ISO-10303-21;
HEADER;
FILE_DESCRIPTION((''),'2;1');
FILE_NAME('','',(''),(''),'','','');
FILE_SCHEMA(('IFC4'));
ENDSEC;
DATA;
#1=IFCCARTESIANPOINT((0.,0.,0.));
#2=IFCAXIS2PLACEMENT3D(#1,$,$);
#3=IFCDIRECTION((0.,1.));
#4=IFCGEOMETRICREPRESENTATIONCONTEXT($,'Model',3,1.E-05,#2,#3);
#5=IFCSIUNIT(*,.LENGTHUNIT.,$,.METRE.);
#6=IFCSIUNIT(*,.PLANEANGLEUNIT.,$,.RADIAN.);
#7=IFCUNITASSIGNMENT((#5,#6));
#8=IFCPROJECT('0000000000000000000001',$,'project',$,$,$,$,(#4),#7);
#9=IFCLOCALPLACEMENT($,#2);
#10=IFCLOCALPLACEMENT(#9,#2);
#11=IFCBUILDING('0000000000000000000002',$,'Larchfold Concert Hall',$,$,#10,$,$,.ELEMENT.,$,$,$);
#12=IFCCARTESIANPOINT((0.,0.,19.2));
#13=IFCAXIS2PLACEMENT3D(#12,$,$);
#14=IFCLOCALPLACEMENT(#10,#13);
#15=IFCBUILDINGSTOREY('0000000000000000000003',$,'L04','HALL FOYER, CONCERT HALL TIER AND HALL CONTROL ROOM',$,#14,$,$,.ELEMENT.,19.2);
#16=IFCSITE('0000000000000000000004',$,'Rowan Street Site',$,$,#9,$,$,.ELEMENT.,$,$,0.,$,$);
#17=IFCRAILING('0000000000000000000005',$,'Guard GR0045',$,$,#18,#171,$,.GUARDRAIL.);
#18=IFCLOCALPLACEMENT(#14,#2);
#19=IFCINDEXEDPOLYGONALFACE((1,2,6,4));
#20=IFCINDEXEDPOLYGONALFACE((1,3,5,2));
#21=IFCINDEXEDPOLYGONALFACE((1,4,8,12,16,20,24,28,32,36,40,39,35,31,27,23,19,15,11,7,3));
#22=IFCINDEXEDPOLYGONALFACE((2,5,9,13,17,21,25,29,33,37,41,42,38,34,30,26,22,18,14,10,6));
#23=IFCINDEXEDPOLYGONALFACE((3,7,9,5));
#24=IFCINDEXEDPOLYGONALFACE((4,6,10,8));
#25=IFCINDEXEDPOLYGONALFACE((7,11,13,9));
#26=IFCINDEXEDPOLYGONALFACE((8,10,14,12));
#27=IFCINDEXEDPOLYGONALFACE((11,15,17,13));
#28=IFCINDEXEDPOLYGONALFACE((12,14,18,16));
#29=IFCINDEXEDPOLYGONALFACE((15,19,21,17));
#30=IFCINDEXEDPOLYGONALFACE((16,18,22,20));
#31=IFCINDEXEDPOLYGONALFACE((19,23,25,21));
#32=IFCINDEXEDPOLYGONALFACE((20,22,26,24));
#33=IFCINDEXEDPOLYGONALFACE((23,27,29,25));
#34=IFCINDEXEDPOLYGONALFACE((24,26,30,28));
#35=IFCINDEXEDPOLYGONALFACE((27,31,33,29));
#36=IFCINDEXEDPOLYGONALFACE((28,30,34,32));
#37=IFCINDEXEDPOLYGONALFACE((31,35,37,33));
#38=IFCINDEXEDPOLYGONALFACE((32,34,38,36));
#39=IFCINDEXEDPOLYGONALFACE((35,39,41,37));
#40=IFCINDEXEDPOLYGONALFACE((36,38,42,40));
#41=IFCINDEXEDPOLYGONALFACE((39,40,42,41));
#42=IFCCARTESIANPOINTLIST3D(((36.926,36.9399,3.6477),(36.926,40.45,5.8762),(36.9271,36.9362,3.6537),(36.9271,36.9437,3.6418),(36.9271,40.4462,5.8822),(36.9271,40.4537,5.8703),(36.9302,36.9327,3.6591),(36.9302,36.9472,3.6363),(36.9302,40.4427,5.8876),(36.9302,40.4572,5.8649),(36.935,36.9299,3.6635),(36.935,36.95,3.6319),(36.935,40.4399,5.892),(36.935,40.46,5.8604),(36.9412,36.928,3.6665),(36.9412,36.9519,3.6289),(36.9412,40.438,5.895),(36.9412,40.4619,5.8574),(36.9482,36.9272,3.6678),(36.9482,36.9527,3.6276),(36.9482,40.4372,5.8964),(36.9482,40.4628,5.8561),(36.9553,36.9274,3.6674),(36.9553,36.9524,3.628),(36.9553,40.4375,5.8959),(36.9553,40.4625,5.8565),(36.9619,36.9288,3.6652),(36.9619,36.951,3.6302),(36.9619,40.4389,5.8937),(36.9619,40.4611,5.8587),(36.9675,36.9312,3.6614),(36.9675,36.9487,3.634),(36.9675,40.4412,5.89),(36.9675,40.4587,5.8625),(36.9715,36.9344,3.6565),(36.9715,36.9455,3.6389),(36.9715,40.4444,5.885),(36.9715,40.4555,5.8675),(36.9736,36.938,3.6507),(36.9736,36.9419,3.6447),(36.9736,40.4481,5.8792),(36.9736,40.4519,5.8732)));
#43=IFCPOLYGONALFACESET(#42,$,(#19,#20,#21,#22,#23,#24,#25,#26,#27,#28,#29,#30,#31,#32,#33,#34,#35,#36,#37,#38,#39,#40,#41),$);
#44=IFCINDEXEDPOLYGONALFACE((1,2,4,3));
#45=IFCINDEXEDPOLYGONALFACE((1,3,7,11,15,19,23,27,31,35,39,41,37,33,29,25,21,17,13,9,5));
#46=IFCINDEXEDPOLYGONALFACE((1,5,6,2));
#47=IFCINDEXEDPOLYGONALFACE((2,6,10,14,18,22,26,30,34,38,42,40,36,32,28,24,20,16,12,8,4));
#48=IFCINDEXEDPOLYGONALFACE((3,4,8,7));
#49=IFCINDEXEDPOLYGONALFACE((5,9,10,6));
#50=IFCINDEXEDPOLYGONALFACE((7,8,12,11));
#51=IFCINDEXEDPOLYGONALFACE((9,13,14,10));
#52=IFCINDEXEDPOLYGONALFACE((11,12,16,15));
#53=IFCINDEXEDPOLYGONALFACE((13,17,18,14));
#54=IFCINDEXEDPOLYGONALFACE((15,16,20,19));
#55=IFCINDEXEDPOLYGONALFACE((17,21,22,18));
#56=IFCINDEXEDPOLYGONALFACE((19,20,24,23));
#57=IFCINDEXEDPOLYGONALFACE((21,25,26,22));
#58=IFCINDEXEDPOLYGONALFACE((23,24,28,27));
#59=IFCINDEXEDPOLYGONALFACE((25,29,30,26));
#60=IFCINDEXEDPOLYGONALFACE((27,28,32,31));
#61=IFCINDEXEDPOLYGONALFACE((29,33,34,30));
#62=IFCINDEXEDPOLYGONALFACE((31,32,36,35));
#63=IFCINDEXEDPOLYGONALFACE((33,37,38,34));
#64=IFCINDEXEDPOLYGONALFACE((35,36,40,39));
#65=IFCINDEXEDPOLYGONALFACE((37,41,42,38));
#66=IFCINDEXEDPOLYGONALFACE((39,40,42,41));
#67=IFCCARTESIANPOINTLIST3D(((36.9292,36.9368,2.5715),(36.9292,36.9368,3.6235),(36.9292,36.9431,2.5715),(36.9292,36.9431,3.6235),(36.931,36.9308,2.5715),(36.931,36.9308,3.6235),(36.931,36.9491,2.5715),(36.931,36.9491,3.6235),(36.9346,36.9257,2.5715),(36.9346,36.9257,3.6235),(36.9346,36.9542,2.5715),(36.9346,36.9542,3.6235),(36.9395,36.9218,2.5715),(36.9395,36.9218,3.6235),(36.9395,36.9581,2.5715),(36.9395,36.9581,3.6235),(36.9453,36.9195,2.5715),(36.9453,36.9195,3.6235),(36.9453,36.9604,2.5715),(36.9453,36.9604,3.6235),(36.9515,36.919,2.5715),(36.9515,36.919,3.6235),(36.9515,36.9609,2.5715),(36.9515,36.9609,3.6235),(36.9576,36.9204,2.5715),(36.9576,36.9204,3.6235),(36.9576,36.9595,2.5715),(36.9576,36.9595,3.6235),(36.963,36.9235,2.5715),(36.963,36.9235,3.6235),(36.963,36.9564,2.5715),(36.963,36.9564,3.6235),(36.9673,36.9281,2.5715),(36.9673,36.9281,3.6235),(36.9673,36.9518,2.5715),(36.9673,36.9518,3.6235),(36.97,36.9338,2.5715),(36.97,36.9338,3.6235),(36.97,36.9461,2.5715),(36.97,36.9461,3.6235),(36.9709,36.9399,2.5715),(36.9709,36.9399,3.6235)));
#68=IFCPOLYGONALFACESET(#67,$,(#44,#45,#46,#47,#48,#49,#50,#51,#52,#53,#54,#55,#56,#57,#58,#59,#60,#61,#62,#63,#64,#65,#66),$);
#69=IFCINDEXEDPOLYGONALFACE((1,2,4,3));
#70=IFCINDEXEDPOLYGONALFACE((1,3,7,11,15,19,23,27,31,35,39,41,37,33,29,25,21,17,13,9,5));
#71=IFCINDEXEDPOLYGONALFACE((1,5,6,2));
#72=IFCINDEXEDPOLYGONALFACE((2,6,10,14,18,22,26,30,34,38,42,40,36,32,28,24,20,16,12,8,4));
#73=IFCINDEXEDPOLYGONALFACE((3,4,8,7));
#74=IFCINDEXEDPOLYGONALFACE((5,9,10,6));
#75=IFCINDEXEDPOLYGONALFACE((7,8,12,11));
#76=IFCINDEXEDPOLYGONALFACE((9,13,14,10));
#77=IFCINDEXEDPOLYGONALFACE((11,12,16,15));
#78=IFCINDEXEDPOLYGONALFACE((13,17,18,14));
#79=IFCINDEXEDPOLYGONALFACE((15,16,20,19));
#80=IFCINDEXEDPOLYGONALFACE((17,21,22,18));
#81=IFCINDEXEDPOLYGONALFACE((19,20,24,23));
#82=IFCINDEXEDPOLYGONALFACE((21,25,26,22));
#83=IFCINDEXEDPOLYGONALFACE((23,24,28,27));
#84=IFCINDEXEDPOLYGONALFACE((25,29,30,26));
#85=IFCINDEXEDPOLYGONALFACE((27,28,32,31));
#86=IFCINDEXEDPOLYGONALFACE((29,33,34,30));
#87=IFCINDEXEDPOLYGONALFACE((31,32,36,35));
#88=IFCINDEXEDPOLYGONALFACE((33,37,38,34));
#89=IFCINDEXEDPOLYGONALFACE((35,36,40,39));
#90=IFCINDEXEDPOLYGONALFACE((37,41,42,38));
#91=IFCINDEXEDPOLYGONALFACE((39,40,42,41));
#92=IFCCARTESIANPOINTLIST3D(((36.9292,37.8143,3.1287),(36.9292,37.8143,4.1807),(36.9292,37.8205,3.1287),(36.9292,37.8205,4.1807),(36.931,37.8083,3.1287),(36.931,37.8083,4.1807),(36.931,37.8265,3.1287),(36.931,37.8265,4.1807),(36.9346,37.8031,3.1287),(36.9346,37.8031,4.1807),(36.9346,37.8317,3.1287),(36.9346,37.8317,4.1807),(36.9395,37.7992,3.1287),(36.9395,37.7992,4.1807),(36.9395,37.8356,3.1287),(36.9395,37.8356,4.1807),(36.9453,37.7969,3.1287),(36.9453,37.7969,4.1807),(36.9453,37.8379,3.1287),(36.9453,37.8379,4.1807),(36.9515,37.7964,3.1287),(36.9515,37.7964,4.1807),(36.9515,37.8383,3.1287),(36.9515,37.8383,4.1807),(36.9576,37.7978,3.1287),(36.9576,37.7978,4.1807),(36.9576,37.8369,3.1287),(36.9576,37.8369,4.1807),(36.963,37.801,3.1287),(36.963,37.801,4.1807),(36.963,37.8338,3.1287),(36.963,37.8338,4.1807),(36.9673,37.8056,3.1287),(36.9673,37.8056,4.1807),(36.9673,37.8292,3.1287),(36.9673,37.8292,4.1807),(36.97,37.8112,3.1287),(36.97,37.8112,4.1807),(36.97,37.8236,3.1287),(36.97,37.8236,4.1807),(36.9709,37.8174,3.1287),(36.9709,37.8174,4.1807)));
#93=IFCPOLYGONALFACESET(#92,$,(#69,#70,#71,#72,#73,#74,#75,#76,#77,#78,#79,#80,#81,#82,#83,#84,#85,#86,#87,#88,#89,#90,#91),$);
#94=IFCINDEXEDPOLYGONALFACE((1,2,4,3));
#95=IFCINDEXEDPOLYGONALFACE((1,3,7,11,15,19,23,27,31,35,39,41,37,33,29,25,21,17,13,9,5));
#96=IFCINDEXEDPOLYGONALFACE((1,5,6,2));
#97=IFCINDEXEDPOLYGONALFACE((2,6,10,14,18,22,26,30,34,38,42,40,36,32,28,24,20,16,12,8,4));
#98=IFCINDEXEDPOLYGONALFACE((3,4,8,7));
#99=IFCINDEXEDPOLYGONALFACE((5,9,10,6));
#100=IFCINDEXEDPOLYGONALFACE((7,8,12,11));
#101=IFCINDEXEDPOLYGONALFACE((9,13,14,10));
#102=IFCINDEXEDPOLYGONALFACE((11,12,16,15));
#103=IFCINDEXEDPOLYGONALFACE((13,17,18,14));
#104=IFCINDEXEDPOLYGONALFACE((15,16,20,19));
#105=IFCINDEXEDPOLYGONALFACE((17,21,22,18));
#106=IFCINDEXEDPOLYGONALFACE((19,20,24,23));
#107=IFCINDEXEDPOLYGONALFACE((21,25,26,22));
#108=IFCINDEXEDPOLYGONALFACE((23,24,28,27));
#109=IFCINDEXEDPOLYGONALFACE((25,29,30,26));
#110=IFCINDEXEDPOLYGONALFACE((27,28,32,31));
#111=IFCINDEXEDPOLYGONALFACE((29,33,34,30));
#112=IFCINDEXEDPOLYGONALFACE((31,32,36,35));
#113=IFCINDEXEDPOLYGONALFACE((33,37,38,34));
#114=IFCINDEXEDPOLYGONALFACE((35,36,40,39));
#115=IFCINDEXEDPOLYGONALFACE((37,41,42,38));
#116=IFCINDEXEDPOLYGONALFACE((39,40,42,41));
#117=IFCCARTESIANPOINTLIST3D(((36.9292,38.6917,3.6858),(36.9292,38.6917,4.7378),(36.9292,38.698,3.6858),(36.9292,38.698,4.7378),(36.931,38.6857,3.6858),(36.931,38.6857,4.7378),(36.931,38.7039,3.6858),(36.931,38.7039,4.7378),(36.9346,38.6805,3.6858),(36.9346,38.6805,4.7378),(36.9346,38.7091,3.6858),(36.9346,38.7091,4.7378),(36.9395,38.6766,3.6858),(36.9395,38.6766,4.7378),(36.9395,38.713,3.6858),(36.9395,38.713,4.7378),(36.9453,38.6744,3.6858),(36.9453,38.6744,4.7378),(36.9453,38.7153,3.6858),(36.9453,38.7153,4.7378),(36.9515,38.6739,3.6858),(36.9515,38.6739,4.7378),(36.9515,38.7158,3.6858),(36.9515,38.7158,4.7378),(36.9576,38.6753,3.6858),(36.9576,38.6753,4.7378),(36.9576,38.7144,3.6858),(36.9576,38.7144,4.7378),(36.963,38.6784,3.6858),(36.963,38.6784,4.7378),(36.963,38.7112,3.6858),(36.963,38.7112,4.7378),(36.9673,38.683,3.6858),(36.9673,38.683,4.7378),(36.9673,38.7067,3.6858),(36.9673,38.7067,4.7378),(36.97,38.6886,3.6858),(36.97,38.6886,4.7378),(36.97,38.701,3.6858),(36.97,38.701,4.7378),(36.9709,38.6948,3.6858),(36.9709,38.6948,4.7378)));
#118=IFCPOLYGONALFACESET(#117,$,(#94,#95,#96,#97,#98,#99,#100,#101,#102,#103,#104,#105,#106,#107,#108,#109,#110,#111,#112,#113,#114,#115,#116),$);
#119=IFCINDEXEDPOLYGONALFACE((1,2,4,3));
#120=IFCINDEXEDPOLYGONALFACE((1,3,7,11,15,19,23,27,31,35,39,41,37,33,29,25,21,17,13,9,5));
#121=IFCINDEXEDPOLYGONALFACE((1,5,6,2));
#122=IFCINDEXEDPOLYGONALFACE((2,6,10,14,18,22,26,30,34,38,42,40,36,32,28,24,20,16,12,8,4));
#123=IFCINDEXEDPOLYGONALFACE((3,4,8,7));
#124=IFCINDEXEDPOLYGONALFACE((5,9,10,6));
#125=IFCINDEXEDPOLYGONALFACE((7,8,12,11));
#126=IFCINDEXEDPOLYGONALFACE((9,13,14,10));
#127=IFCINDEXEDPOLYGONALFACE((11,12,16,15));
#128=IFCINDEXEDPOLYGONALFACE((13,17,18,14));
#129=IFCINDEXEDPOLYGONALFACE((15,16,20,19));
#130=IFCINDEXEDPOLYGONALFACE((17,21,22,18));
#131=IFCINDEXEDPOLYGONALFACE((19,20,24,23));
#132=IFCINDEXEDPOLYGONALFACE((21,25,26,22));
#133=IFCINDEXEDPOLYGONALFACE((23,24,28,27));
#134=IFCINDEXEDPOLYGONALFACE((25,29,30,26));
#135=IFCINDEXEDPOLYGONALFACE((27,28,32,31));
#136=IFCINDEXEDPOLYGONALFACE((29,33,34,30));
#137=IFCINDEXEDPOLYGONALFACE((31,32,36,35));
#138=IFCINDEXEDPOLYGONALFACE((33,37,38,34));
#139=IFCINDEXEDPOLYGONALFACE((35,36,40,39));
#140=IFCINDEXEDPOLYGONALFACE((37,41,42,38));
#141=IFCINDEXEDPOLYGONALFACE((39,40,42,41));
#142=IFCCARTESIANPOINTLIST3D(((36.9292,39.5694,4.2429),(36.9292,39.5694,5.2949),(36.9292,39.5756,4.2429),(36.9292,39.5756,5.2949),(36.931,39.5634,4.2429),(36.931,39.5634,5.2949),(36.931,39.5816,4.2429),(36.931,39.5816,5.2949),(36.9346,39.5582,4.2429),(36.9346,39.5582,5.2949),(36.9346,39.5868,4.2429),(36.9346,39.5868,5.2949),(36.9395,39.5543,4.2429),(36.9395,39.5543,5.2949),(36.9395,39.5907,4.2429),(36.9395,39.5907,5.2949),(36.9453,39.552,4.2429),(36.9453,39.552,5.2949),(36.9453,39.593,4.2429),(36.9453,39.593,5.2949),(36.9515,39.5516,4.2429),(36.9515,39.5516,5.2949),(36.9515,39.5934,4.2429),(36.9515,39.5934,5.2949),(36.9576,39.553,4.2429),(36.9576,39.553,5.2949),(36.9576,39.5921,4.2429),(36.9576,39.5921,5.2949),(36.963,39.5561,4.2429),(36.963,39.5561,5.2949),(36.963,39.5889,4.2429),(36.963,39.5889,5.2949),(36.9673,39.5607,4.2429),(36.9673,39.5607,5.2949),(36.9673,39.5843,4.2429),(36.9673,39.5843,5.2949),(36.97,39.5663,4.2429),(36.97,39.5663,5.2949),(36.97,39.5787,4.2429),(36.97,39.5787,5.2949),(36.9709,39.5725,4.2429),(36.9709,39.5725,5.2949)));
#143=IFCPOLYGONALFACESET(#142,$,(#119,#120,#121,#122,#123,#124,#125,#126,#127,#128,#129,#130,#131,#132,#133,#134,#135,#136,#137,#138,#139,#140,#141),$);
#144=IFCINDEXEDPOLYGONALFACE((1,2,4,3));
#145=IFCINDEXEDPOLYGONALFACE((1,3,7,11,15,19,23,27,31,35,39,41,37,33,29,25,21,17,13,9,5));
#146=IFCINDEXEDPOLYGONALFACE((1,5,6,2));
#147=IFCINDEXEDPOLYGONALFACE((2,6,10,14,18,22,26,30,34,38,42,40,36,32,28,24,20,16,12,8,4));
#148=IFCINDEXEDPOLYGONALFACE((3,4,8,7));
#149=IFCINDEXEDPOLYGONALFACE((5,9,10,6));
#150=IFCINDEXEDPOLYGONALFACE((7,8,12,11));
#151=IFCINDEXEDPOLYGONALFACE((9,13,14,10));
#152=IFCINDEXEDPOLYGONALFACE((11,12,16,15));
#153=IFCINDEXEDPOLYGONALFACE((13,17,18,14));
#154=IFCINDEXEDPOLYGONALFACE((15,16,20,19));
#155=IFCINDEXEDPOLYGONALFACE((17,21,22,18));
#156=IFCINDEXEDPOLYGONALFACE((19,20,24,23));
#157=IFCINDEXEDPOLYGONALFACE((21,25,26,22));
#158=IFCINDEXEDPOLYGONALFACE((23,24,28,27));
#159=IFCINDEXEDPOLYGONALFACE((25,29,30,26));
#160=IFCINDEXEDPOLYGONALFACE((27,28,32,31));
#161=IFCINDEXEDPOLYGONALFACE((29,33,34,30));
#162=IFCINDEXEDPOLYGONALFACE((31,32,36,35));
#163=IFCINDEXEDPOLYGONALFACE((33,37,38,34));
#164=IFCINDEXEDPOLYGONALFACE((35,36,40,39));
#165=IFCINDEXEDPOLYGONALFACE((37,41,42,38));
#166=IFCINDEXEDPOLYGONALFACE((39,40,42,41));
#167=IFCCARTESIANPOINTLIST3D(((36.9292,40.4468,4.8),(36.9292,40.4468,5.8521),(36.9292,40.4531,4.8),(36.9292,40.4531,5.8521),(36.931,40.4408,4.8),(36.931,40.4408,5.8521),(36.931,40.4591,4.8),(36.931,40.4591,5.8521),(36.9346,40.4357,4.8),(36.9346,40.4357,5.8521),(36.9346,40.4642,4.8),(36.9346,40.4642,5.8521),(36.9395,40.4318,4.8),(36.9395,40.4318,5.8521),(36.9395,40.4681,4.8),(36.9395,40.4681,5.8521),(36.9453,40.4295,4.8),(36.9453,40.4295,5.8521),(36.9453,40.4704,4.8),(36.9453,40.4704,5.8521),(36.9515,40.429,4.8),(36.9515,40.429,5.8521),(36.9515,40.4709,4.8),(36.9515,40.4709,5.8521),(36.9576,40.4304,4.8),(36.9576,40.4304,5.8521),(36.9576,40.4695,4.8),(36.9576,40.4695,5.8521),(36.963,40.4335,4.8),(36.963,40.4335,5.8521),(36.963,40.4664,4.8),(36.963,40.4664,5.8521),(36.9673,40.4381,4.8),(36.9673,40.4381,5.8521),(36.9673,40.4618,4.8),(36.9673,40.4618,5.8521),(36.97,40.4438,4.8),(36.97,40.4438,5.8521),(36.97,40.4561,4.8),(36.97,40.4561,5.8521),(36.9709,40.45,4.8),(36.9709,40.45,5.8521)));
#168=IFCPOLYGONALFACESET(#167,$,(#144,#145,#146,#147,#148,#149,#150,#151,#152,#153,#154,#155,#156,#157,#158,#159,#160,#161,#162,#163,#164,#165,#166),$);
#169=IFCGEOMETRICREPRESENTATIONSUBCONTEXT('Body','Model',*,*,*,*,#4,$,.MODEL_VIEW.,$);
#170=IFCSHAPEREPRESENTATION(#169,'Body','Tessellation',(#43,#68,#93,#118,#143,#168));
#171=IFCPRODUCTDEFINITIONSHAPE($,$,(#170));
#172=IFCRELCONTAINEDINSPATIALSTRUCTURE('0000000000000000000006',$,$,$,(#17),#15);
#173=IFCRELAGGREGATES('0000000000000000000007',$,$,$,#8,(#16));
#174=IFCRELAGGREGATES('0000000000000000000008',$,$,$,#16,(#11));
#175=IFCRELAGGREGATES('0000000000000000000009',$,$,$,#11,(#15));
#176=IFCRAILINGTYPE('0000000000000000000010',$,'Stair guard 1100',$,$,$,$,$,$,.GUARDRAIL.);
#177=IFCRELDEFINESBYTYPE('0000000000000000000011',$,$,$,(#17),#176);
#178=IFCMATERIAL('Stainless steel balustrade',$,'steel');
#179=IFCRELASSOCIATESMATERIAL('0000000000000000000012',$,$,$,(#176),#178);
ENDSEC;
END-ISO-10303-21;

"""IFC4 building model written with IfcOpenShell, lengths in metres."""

from ifc_helpers import new_model, si_unit, direction, frame, origin, origin_2d, place, context, subcontext, project, spatial, circle, extrude, material, type_object, element, save


model = new_model("IFC4")

# Units and contexts
model_context = context("Model", 3, precision=1e-05, world=origin(), true_north=direction((0.0, 1.0)))
body_context = subcontext(model_context, "Body", "Model", "MODEL_VIEW")
ifc_project = project(units=[si_unit("LENGTHUNIT", "METRE"), si_unit("PLANEANGLEUNIT", "RADIAN")], contexts=[model_context])

# Site, building, storey
site_placement = place(None, origin())
site = spatial("IfcSite", under=ifc_project, at=site_placement, Name="Rowan Street Site", CompositionType="ELEMENT", RefElevation=0.0)
building_placement = place(site_placement, origin())
building = spatial("IfcBuilding", under=site, at=building_placement, Name="Larchfold Concert Hall", CompositionType="ELEMENT")
storey_placement = place(building_placement, frame((0.0, 0.0, 19.2)))
storey = spatial("IfcBuildingStorey", under=building, at=storey_placement, Name="L04", Description="HALL FOYER, CONCERT HALL TIER AND HALL CONTROL ROOM", CompositionType="ELEMENT", Elevation=19.2)

# Railing
ifc_material_1 = material(Name="Stainless steel balustrade", Category="steel")
railing_type = type_object("IfcRailingType", Name="Stair guard 1100", PredefinedType="GUARDRAIL", material=ifc_material_1)
railing_1_placement = place(storey_placement, frame((36.95, 36.9399, 2.5715)))
element("IfcRailing", 1, at=railing_1_placement, inside=storey, type_object=railing_type, Name="Guard GR0045", PredefinedType="GUARDRAIL", context=body_context, shape_type="SweptSolid", body=[
    extrude(circle(Radius=0.0239, at=origin_2d()), frame((0.0, 0.0, 1.0762), z_axis=(0.0, 0.84422, 0.535998), x_axis=(-1.0, 0.0, 0.0)), (0.0, 0.0, 1.0), 4.1577),
    extrude(circle(Radius=0.021, at=origin_2d()), origin(), (0.0, 0.0, 1.0), 1.052),
    extrude(circle(Radius=0.021, at=origin_2d()), frame((0.0, 0.8774, 0.5571)), (0.0, 0.0, 1.0), 1.052),
    extrude(circle(Radius=0.021, at=origin_2d()), frame((0.0, 1.7549, 1.1143)), (0.0, 0.0, 1.0), 1.052),
    extrude(circle(Radius=0.021, at=origin_2d()), frame((0.0, 2.6326, 1.6714)), (0.0, 0.0, 1.0), 1.052),
    extrude(circle(Radius=0.021, at=origin_2d()), frame((0.0, 3.51, 2.2285)), (0.0, 0.0, 1.0), 1.052),
])

save(model, "model.ifc")
